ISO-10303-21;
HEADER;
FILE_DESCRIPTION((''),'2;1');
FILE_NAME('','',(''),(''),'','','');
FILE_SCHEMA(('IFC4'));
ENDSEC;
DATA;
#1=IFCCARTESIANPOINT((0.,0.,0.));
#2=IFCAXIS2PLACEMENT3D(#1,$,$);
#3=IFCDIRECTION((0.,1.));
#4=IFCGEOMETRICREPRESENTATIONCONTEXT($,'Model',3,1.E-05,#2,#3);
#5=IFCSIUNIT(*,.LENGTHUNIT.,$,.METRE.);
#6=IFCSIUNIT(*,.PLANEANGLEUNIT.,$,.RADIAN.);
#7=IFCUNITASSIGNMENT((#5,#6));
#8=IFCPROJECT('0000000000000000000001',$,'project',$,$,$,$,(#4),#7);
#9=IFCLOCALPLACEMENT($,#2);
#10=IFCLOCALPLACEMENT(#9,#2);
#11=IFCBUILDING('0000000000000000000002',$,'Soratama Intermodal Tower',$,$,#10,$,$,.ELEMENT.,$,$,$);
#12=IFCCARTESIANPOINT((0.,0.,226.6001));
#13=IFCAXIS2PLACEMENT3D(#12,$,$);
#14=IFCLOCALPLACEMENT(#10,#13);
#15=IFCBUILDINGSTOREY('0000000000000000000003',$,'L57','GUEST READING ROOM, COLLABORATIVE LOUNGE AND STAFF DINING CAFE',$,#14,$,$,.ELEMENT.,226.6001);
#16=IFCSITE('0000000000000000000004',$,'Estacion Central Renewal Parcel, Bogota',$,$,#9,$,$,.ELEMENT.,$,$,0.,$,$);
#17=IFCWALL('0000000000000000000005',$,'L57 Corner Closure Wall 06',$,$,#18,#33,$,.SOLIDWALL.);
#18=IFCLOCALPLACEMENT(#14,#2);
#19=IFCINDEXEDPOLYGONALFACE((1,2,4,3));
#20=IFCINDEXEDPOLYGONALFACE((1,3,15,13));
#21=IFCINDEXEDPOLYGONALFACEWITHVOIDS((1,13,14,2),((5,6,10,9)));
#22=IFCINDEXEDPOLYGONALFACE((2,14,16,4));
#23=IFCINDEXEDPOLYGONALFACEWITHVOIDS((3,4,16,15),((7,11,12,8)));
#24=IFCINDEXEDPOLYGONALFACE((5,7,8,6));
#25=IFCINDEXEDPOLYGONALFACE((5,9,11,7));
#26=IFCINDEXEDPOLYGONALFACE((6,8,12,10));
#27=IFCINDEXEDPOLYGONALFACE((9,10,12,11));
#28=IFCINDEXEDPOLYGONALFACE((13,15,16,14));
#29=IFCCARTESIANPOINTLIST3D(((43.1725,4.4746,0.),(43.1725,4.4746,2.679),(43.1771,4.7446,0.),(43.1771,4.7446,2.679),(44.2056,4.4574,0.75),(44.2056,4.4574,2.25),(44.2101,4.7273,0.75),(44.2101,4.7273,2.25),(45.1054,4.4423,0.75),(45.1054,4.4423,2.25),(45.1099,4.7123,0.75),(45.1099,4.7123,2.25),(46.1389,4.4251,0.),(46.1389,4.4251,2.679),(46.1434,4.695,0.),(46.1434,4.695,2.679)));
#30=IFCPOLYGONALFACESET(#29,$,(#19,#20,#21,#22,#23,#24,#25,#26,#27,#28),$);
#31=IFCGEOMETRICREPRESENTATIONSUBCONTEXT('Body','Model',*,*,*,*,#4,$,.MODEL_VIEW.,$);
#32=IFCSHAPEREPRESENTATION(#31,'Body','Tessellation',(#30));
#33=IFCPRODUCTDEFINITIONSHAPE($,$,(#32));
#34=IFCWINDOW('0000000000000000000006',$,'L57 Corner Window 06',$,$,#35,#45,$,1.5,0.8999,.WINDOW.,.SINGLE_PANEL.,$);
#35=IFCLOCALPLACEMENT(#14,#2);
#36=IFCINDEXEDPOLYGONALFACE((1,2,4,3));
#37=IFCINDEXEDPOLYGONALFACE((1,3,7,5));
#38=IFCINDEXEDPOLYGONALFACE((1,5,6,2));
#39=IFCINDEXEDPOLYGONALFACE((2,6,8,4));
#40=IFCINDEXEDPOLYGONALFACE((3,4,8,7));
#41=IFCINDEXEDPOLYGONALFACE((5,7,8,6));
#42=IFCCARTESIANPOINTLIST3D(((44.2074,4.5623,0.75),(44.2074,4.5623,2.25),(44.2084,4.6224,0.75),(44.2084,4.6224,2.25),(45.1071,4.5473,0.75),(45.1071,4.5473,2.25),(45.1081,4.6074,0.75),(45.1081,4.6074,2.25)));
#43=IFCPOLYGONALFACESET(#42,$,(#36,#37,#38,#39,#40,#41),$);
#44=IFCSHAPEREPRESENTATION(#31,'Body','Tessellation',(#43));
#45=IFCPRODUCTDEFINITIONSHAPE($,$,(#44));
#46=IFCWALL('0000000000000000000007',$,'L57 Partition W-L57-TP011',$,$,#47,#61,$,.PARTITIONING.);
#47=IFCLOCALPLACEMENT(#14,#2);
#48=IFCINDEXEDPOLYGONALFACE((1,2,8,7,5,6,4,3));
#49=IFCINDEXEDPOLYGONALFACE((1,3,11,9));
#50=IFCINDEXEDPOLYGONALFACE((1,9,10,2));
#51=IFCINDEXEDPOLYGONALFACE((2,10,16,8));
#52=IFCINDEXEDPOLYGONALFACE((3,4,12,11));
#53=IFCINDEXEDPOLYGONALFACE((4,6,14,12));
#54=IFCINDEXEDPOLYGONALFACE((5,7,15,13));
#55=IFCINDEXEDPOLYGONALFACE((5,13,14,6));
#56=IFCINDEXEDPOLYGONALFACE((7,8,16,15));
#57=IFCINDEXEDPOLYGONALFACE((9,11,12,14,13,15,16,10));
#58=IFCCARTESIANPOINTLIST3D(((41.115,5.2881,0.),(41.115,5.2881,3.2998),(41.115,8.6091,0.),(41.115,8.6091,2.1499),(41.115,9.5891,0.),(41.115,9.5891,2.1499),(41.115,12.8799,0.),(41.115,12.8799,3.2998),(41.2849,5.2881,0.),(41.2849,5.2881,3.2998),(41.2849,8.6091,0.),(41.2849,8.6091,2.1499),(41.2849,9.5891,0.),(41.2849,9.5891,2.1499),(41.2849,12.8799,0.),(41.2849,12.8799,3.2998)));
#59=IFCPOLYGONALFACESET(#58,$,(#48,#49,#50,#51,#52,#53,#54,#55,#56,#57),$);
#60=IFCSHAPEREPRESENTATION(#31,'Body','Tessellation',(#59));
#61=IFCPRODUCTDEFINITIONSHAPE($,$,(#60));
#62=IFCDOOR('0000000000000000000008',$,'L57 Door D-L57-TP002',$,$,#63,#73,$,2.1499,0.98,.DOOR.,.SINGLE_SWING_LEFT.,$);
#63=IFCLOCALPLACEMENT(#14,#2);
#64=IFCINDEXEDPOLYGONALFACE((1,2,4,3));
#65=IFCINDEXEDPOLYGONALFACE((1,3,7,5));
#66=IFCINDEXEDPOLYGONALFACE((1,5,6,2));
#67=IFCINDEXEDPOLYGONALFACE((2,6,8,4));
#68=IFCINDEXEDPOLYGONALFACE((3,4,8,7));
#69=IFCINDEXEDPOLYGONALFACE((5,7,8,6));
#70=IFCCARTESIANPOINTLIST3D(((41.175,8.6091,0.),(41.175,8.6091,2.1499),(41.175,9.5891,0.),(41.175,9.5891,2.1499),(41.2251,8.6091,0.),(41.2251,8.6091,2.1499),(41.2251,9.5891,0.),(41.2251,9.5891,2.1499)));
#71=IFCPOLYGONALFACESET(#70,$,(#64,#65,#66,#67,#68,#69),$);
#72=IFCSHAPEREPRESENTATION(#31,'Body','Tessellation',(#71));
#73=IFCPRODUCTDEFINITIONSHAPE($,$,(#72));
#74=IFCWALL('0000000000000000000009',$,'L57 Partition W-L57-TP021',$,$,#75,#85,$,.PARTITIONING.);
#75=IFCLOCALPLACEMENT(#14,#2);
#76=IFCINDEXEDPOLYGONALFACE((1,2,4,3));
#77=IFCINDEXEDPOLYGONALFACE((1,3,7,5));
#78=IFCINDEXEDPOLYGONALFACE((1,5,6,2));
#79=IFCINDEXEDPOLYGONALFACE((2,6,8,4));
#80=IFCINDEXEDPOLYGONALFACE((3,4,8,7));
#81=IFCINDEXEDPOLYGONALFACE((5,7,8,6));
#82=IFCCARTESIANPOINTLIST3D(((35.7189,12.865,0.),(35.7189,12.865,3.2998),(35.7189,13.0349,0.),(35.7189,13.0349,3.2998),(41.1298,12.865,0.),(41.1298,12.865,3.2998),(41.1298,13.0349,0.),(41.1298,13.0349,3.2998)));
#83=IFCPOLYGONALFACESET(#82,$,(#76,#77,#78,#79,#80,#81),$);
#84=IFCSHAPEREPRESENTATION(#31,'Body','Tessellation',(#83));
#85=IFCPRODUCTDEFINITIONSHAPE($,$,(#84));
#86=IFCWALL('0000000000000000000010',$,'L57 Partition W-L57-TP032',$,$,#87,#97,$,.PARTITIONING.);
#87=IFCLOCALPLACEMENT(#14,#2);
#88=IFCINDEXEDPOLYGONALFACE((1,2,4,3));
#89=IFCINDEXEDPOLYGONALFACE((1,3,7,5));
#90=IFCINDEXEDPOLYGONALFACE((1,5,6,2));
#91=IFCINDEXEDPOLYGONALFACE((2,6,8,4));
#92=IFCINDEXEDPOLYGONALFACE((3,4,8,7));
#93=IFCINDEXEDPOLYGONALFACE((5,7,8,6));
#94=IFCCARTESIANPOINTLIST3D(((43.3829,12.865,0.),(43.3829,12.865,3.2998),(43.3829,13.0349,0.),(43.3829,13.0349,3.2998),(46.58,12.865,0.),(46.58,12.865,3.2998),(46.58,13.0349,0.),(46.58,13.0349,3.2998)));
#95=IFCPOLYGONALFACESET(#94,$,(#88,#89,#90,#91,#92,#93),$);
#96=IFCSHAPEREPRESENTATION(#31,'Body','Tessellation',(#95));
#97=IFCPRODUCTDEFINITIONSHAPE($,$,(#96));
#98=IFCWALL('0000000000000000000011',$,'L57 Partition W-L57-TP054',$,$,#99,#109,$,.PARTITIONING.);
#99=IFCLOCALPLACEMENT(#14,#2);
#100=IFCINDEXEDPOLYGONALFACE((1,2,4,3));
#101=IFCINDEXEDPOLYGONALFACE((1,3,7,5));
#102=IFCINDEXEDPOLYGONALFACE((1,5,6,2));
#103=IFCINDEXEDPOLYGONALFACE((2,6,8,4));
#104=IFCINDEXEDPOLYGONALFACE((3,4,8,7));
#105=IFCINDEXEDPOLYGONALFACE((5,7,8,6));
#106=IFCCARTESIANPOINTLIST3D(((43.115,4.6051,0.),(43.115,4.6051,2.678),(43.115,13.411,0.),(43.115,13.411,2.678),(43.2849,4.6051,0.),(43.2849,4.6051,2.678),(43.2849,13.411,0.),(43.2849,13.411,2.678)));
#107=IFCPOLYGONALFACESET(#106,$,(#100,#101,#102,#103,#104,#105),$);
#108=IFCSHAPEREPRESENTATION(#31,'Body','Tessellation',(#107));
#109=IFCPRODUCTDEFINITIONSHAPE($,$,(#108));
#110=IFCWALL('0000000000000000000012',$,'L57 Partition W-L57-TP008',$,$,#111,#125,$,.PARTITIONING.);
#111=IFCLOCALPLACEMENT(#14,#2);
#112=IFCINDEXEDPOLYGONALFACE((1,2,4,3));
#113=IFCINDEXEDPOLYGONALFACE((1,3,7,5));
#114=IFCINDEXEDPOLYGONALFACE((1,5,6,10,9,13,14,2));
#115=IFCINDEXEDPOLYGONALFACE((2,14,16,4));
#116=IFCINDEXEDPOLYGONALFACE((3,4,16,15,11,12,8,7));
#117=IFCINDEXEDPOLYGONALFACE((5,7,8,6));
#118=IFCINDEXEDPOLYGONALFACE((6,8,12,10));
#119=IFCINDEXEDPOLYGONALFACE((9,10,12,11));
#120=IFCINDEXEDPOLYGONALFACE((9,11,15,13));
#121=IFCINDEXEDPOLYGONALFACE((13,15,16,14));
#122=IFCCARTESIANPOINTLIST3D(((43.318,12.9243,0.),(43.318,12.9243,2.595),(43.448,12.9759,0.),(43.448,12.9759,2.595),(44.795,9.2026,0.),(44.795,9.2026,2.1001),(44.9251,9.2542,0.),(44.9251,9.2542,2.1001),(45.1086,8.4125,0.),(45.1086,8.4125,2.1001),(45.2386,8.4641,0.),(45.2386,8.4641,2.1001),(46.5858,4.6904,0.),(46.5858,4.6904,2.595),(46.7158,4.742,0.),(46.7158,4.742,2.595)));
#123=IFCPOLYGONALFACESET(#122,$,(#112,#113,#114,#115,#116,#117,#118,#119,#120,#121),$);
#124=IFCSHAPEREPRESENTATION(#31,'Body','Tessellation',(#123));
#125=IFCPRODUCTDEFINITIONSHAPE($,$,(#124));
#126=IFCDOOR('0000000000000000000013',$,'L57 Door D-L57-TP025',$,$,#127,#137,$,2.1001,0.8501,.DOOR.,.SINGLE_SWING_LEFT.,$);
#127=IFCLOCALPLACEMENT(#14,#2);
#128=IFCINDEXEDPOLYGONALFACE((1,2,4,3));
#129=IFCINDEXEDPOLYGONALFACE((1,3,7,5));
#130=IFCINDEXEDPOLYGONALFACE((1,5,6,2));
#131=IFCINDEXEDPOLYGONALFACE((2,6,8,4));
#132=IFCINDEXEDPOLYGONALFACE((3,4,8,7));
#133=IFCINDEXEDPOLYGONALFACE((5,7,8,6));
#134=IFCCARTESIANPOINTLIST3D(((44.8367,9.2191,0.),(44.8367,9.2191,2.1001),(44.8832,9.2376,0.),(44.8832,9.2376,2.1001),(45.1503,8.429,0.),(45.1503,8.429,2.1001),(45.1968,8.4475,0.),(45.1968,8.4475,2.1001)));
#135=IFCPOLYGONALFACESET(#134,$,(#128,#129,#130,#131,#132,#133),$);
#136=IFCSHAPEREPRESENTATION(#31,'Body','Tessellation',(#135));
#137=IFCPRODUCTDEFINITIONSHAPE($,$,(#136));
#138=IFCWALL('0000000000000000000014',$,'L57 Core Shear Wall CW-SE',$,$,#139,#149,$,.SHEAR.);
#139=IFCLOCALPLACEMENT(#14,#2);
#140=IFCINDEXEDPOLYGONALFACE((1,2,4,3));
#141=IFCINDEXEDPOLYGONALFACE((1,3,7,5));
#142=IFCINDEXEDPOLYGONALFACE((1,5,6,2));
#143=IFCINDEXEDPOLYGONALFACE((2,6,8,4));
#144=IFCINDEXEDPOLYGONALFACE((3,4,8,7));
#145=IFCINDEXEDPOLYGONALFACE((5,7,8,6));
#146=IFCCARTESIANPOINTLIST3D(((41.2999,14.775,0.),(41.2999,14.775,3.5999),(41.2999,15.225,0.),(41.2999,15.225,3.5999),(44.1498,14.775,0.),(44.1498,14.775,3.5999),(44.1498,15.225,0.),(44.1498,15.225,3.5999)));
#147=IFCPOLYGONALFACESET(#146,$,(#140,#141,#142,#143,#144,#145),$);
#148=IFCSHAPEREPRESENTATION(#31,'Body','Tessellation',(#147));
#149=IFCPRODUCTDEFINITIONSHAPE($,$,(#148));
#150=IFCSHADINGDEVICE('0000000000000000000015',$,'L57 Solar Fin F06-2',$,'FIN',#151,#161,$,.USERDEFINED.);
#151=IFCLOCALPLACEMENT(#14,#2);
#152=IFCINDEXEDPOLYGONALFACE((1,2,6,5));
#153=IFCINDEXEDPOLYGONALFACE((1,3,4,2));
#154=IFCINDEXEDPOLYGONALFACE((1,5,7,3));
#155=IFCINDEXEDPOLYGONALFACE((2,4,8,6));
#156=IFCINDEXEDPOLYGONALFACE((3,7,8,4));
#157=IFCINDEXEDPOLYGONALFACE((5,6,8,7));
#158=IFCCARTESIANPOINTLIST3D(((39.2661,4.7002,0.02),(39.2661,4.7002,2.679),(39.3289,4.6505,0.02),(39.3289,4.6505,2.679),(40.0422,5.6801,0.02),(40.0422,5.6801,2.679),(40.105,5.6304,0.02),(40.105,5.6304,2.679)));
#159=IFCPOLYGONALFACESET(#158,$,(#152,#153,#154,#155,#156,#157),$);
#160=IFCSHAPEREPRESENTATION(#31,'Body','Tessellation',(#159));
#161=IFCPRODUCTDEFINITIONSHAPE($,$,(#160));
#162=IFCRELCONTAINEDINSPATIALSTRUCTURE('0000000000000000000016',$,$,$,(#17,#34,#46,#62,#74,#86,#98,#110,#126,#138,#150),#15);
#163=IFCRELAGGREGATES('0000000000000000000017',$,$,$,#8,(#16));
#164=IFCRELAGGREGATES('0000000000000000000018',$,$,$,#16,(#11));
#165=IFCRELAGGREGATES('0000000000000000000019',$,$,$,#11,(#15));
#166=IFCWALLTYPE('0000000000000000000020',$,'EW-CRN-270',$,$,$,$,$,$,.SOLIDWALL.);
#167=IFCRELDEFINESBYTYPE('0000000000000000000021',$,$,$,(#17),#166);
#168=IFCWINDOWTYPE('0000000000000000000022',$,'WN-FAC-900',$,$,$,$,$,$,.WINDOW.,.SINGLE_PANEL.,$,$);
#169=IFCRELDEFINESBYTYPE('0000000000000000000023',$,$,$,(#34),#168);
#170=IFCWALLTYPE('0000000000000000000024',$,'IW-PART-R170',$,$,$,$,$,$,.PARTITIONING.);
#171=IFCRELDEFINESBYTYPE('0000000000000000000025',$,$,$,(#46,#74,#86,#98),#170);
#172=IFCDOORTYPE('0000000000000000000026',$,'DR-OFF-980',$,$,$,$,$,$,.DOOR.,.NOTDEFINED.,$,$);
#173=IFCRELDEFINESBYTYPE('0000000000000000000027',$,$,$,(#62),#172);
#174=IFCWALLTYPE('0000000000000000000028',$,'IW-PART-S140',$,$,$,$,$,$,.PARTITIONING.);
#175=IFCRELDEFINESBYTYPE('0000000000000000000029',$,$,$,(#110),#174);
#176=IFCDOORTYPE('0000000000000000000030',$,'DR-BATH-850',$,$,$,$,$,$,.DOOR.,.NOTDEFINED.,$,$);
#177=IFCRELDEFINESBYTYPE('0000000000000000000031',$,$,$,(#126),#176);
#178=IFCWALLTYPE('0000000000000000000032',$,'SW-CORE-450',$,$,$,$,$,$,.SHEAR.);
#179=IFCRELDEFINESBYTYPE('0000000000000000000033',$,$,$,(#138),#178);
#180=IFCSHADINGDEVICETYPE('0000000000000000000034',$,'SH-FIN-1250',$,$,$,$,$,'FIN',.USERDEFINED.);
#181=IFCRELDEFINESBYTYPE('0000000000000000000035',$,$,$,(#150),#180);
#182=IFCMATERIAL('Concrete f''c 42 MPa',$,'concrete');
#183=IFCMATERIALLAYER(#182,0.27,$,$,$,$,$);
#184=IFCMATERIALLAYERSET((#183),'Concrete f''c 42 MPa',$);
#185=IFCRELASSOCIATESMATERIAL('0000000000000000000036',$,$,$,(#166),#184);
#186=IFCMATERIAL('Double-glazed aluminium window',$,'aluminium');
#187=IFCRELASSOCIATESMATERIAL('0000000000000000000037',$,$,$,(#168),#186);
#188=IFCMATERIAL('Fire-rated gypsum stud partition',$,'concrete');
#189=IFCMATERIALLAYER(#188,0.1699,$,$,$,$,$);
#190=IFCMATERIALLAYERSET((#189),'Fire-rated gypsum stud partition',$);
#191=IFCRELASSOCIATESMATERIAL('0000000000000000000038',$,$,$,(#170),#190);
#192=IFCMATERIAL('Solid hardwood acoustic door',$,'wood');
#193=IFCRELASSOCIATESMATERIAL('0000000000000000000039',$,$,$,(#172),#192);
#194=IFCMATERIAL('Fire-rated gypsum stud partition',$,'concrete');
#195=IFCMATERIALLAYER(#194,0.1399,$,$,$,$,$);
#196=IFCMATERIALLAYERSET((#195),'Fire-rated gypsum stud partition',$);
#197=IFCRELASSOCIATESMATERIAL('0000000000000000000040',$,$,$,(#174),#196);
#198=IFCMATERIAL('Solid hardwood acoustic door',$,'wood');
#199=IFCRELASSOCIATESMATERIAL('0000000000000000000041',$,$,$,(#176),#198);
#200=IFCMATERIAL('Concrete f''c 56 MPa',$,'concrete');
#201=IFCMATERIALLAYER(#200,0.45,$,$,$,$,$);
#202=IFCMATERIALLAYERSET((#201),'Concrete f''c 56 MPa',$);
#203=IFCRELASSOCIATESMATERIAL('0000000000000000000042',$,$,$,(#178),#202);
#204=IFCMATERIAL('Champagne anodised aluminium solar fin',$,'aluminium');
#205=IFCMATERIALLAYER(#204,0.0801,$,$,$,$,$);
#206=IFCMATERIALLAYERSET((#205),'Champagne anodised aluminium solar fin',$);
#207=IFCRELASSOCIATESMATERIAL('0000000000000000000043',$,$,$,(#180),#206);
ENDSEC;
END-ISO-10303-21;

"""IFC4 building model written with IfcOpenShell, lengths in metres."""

from ifc_helpers import new_model, si_unit, direction, frame, frame_2d, origin, origin_2d, place, context, subcontext, project, spatial, rectangle, extrude, material, layer, layer_set, type_object, element, fill, save


model = new_model("IFC4")

# Units and contexts
model_context = context("Model", 3, precision=1e-05, world=origin(), true_north=direction((0.0, 1.0)))
body_context = subcontext(model_context, "Body", "Model", "MODEL_VIEW")
ifc_project = project(units=[si_unit("LENGTHUNIT", "METRE"), si_unit("PLANEANGLEUNIT", "RADIAN")], contexts=[model_context])

# Site, building, storey
site_placement = place(None, origin())
site = spatial("IfcSite", under=ifc_project, at=site_placement, Name="Estacion Central Renewal Parcel, Bogota", CompositionType="ELEMENT", RefElevation=0.0)
building_placement = place(site_placement, origin())
building = spatial("IfcBuilding", under=site, at=building_placement, Name="Soratama Intermodal Tower", CompositionType="ELEMENT")
storey_placement = place(building_placement, frame((0.0, 0.0, 226.6001)))
storey = spatial("IfcBuildingStorey", under=building, at=storey_placement, Name="L57", Description="GUEST READING ROOM, COLLABORATIVE LOUNGE AND STAFF DINING CAFE", CompositionType="ELEMENT", Elevation=226.6001)

# Wall, opening, window
ifc_material_1 = material(Name="Concrete f'c 42 MPa", Category="concrete")
ifc_layer_1 = layer(ifc_material_1, 0.27)
ifc_layer_set_1 = layer_set([ifc_layer_1], Name="Concrete f'c 42 MPa")
wall_type_1 = type_object("IfcWallType", Name="EW-CRN-270", PredefinedType="SOLIDWALL", material=ifc_layer_set_1)
wall_1_placement = place(storey_placement, frame((43.1748, 4.6096, 0.0), z_axis=(0.0, 0.0, 1.0), x_axis=(0.99986, -0.016705, 0.0)))
wall_1 = element("IfcWall", 1, at=wall_1_placement, inside=storey, type_object=wall_type_1, Name="L57 Corner Closure Wall 06", PredefinedType="SOLIDWALL", context=body_context, shape_type="SweptSolid", body=[
    extrude(rectangle(XDim=2.9668, YDim=0.27, at=frame_2d((1.4834, 0.0))), origin(), (0.0, 0.0, 1.0), 2.679),
])
opening_1_placement = place(wall_1_placement, frame((1.0332, 0.0, 0.75)))
opening_1 = element("IfcOpeningElement", 2, at=opening_1_placement, cuts=wall_1, PredefinedType="OPENING", context=body_context, shape_type="SweptSolid", body=[
    extrude(rectangle(XDim=0.8999, YDim=1.5, at=frame_2d((0.45, 0.75))), frame((0.0, 0.145, 0.0), z_axis=(0.0, -1.0, 0.0), x_axis=(1.0, 0.0, 0.0)), (0.0, 0.0, 1.0), 0.29),
])
ifc_material_2 = material(Name="Double-glazed aluminium window", Category="aluminium")
window_type_1 = type_object("IfcWindowType", Name="WN-FAC-900", PartitioningType="SINGLE_PANEL", PredefinedType="WINDOW", material=ifc_material_2)
window_1_placement = place(opening_1_placement, origin())
window_1 = element("IfcWindow", 3, at=window_1_placement, inside=storey, type_object=window_type_1, Name="L57 Corner Window 06", OverallHeight=1.5, OverallWidth=0.8999, PartitioningType="SINGLE_PANEL", PredefinedType="WINDOW", context=body_context, shape_type="SweptSolid", body=[
    extrude(rectangle(XDim=0.8999, YDim=1.5, at=frame_2d((0.45, 0.75))), frame((0.0, 0.03, 0.0), z_axis=(0.0, -1.0, 0.0), x_axis=(1.0, 0.0, 0.0)), (0.0, 0.0, 1.0), 0.0601),
])
fill(opening_1, window_1)

# Wall, opening, door
ifc_material_3 = material(Name="Fire-rated gypsum stud partition", Category="concrete")
ifc_layer_2 = layer(ifc_material_3, 0.1699)
ifc_layer_set_2 = layer_set([ifc_layer_2], Name="Fire-rated gypsum stud partition")
wall_type_2 = type_object("IfcWallType", Name="IW-PART-R170", PredefinedType="PARTITIONING", material=ifc_layer_set_2)
wall_2_placement = place(storey_placement, frame((41.2, 5.2881, 0.0), z_axis=(0.0, 0.0, 1.0), x_axis=(0.0, 1.0, 0.0)))
wall_2 = element("IfcWall", 4, at=wall_2_placement, inside=storey, type_object=wall_type_2, Name="L57 Partition W-L57-TP011", PredefinedType="PARTITIONING", context=body_context, shape_type="SweptSolid", body=[
    extrude(rectangle(XDim=7.5918, YDim=0.1699, at=frame_2d((3.7959, 0.0))), origin(), (0.0, 0.0, 1.0), 3.2998),
])
opening_2_placement = place(wall_2_placement, frame((3.321, 0.0, 0.0)))
opening_2 = element("IfcOpeningElement", 5, at=opening_2_placement, cuts=wall_2, PredefinedType="OPENING", context=body_context, shape_type="SweptSolid", body=[
    extrude(rectangle(XDim=0.98, YDim=2.1499, at=frame_2d((0.49, 1.075))), frame((0.0, 0.095, 0.0), z_axis=(0.0, -1.0, 0.0), x_axis=(1.0, 0.0, 0.0)), (0.0, 0.0, 1.0), 0.1899),
])
ifc_material_4 = material(Name="Solid hardwood acoustic door", Category="wood")
door_type_1 = type_object("IfcDoorType", Name="DR-OFF-980", OperationType="NOTDEFINED", PredefinedType="DOOR", material=ifc_material_4)
door_1_placement = place(opening_2_placement, origin())
door_1 = element("IfcDoor", 6, at=door_1_placement, inside=storey, type_object=door_type_1, Name="L57 Door D-L57-TP002", OperationType="SINGLE_SWING_LEFT", OverallHeight=2.1499, OverallWidth=0.98, PredefinedType="DOOR", context=body_context, shape_type="SweptSolid", body=[
    extrude(rectangle(XDim=0.98, YDim=2.1499, at=frame_2d((0.49, 1.075))), frame((0.0, 0.0249, 0.0), z_axis=(0.0, -1.0, 0.0), x_axis=(1.0, 0.0, 0.0)), (0.0, 0.0, 1.0), 0.05),
])
fill(opening_2, door_1)

# Walls
wall_3_placement = place(storey_placement, frame((41.1299, 12.95, 0.0), z_axis=(0.0, 0.0, 1.0), x_axis=(-1.0, 0.0, 0.0)))
element("IfcWall", 7, at=wall_3_placement, inside=storey, type_object=wall_type_2, Name="L57 Partition W-L57-TP021", PredefinedType="PARTITIONING", context=body_context, shape_type="SweptSolid", body=[
    extrude(rectangle(XDim=5.4109, YDim=0.1699, at=frame_2d((2.7056, 0.0))), origin(), (0.0, 0.0, 1.0), 3.2998),
])
wall_4_placement = place(storey_placement, frame((46.5801, 12.95, 0.0), z_axis=(0.0, 0.0, 1.0), x_axis=(-1.0, 0.0, 0.0)))
element("IfcWall", 8, at=wall_4_placement, inside=storey, type_object=wall_type_2, Name="L57 Partition W-L57-TP032", PredefinedType="PARTITIONING", context=body_context, shape_type="SweptSolid", body=[
    extrude(rectangle(XDim=3.197, YDim=0.1699, at=frame_2d((1.5986, 0.0))), origin(), (0.0, 0.0, 1.0), 3.2998),
])
wall_5_placement = place(storey_placement, frame((43.2, 13.4109, 0.0), z_axis=(0.0, 0.0, 1.0), x_axis=(0.0, -1.0, 0.0)))
element("IfcWall", 9, at=wall_5_placement, inside=storey, type_object=wall_type_2, Name="L57 Partition W-L57-TP054", PredefinedType="PARTITIONING", context=body_context, shape_type="SweptSolid", body=[
    extrude(rectangle(XDim=8.8059, YDim=0.1699, at=frame_2d((4.4028, 0.0))), origin(), (0.0, 0.0, 1.0), 2.678),
])

# Wall, opening, door
ifc_material_5 = material(Name="Fire-rated gypsum stud partition", Category="concrete")
ifc_layer_3 = layer(ifc_material_5, 0.1399)
ifc_layer_set_3 = layer_set([ifc_layer_3], Name="Fire-rated gypsum stud partition")
wall_type_3 = type_object("IfcWallType", Name="IW-PART-S140", PredefinedType="PARTITIONING", material=ifc_layer_set_3)
wall_6_placement = place(storey_placement, frame((43.3831, 12.95, 0.0), z_axis=(0.0, 0.0, 1.0), x_axis=(0.368885, -0.929475, 0.0)))
wall_6 = element("IfcWall", 10, at=wall_6_placement, inside=storey, type_object=wall_type_3, Name="L57 Partition W-L57-TP008", PredefinedType="PARTITIONING", context=body_context, shape_type="SweptSolid", body=[
    extrude(rectangle(XDim=8.8586, YDim=0.1399, at=frame_2d((4.4292, 0.0))), origin(), (0.0, 0.0, 1.0), 2.595),
])
opening_3_placement = place(wall_6_placement, frame((4.0039, 0.0, 0.0)))
opening_3 = element("IfcOpeningElement", 11, at=opening_3_placement, cuts=wall_6, PredefinedType="OPENING", context=body_context, shape_type="SweptSolid", body=[
    extrude(rectangle(XDim=0.8501, YDim=2.1001, at=frame_2d((0.425, 1.05))), frame((0.0, 0.0798, 0.0), z_axis=(0.0, -1.0, 0.0), x_axis=(1.0, 0.0, 0.0)), (0.0, 0.0, 1.0), 0.1599),
])
ifc_material_6 = material(Name="Solid hardwood acoustic door", Category="wood")
door_type_2 = type_object("IfcDoorType", Name="DR-BATH-850", OperationType="NOTDEFINED", PredefinedType="DOOR", material=ifc_material_6)
door_2_placement = place(opening_3_placement, origin())
door_2 = element("IfcDoor", 12, at=door_2_placement, inside=storey, type_object=door_type_2, Name="L57 Door D-L57-TP025", OperationType="SINGLE_SWING_LEFT", OverallHeight=2.1001, OverallWidth=0.8501, PredefinedType="DOOR", context=body_context, shape_type="SweptSolid", body=[
    extrude(rectangle(XDim=0.8501, YDim=2.1001, at=frame_2d((0.425, 1.05))), frame((0.0, 0.0249, 0.0), z_axis=(0.0, -1.0, 0.0), x_axis=(1.0, 0.0, 0.0)), (0.0, 0.0, 1.0), 0.05),
])
fill(opening_3, door_2)

# Wall
ifc_material_7 = material(Name="Concrete f'c 56 MPa", Category="concrete")
ifc_layer_4 = layer(ifc_material_7, 0.45)
ifc_layer_set_4 = layer_set([ifc_layer_4], Name="Concrete f'c 56 MPa")
wall_type_4 = type_object("IfcWallType", Name="SW-CORE-450", PredefinedType="SHEAR", material=ifc_layer_set_4)
wall_7_placement = place(storey_placement, frame((41.3, 15.0, 0.0), z_axis=(0.0, 0.0, 1.0), x_axis=(1.0, 0.0, 0.0)))
element("IfcWall", 13, at=wall_7_placement, inside=storey, type_object=wall_type_4, Name="L57 Core Shear Wall CW-SE", PredefinedType="SHEAR", context=body_context, shape_type="SweptSolid", body=[
    extrude(rectangle(XDim=2.8499, YDim=0.45, at=frame_2d((1.4248, 0.0))), origin(), (0.0, 0.0, 1.0), 3.5999),
])

# Shading device
ifc_material_8 = material(Name="Champagne anodised aluminium solar fin", Category="aluminium")
ifc_layer_5 = layer(ifc_material_8, 0.0801)
ifc_layer_set_5 = layer_set([ifc_layer_5], Name="Champagne anodised aluminium solar fin")
shading_device_type = type_object("IfcShadingDeviceType", Name="SH-FIN-1250", ElementType="FIN", PredefinedType="USERDEFINED", material=ifc_layer_set_5)
shading_device_placement = place(storey_placement, frame((39.6855, 5.1653, 0.02), z_axis=(0.0, 0.0, 1.0), x_axis=(-0.620874, -0.78391, 0.0)))
element("IfcShadingDevice", 14, at=shading_device_placement, inside=storey, type_object=shading_device_type, Name="L57 Solar Fin F06-2", ObjectType="FIN", PredefinedType="USERDEFINED", context=body_context, shape_type="SweptSolid", body=[
    extrude(rectangle(XDim=1.25, YDim=0.0801, at=origin_2d()), origin(), (0.0, 0.0, 1.0), 2.6589),
])

save(model, "model.ifc")
